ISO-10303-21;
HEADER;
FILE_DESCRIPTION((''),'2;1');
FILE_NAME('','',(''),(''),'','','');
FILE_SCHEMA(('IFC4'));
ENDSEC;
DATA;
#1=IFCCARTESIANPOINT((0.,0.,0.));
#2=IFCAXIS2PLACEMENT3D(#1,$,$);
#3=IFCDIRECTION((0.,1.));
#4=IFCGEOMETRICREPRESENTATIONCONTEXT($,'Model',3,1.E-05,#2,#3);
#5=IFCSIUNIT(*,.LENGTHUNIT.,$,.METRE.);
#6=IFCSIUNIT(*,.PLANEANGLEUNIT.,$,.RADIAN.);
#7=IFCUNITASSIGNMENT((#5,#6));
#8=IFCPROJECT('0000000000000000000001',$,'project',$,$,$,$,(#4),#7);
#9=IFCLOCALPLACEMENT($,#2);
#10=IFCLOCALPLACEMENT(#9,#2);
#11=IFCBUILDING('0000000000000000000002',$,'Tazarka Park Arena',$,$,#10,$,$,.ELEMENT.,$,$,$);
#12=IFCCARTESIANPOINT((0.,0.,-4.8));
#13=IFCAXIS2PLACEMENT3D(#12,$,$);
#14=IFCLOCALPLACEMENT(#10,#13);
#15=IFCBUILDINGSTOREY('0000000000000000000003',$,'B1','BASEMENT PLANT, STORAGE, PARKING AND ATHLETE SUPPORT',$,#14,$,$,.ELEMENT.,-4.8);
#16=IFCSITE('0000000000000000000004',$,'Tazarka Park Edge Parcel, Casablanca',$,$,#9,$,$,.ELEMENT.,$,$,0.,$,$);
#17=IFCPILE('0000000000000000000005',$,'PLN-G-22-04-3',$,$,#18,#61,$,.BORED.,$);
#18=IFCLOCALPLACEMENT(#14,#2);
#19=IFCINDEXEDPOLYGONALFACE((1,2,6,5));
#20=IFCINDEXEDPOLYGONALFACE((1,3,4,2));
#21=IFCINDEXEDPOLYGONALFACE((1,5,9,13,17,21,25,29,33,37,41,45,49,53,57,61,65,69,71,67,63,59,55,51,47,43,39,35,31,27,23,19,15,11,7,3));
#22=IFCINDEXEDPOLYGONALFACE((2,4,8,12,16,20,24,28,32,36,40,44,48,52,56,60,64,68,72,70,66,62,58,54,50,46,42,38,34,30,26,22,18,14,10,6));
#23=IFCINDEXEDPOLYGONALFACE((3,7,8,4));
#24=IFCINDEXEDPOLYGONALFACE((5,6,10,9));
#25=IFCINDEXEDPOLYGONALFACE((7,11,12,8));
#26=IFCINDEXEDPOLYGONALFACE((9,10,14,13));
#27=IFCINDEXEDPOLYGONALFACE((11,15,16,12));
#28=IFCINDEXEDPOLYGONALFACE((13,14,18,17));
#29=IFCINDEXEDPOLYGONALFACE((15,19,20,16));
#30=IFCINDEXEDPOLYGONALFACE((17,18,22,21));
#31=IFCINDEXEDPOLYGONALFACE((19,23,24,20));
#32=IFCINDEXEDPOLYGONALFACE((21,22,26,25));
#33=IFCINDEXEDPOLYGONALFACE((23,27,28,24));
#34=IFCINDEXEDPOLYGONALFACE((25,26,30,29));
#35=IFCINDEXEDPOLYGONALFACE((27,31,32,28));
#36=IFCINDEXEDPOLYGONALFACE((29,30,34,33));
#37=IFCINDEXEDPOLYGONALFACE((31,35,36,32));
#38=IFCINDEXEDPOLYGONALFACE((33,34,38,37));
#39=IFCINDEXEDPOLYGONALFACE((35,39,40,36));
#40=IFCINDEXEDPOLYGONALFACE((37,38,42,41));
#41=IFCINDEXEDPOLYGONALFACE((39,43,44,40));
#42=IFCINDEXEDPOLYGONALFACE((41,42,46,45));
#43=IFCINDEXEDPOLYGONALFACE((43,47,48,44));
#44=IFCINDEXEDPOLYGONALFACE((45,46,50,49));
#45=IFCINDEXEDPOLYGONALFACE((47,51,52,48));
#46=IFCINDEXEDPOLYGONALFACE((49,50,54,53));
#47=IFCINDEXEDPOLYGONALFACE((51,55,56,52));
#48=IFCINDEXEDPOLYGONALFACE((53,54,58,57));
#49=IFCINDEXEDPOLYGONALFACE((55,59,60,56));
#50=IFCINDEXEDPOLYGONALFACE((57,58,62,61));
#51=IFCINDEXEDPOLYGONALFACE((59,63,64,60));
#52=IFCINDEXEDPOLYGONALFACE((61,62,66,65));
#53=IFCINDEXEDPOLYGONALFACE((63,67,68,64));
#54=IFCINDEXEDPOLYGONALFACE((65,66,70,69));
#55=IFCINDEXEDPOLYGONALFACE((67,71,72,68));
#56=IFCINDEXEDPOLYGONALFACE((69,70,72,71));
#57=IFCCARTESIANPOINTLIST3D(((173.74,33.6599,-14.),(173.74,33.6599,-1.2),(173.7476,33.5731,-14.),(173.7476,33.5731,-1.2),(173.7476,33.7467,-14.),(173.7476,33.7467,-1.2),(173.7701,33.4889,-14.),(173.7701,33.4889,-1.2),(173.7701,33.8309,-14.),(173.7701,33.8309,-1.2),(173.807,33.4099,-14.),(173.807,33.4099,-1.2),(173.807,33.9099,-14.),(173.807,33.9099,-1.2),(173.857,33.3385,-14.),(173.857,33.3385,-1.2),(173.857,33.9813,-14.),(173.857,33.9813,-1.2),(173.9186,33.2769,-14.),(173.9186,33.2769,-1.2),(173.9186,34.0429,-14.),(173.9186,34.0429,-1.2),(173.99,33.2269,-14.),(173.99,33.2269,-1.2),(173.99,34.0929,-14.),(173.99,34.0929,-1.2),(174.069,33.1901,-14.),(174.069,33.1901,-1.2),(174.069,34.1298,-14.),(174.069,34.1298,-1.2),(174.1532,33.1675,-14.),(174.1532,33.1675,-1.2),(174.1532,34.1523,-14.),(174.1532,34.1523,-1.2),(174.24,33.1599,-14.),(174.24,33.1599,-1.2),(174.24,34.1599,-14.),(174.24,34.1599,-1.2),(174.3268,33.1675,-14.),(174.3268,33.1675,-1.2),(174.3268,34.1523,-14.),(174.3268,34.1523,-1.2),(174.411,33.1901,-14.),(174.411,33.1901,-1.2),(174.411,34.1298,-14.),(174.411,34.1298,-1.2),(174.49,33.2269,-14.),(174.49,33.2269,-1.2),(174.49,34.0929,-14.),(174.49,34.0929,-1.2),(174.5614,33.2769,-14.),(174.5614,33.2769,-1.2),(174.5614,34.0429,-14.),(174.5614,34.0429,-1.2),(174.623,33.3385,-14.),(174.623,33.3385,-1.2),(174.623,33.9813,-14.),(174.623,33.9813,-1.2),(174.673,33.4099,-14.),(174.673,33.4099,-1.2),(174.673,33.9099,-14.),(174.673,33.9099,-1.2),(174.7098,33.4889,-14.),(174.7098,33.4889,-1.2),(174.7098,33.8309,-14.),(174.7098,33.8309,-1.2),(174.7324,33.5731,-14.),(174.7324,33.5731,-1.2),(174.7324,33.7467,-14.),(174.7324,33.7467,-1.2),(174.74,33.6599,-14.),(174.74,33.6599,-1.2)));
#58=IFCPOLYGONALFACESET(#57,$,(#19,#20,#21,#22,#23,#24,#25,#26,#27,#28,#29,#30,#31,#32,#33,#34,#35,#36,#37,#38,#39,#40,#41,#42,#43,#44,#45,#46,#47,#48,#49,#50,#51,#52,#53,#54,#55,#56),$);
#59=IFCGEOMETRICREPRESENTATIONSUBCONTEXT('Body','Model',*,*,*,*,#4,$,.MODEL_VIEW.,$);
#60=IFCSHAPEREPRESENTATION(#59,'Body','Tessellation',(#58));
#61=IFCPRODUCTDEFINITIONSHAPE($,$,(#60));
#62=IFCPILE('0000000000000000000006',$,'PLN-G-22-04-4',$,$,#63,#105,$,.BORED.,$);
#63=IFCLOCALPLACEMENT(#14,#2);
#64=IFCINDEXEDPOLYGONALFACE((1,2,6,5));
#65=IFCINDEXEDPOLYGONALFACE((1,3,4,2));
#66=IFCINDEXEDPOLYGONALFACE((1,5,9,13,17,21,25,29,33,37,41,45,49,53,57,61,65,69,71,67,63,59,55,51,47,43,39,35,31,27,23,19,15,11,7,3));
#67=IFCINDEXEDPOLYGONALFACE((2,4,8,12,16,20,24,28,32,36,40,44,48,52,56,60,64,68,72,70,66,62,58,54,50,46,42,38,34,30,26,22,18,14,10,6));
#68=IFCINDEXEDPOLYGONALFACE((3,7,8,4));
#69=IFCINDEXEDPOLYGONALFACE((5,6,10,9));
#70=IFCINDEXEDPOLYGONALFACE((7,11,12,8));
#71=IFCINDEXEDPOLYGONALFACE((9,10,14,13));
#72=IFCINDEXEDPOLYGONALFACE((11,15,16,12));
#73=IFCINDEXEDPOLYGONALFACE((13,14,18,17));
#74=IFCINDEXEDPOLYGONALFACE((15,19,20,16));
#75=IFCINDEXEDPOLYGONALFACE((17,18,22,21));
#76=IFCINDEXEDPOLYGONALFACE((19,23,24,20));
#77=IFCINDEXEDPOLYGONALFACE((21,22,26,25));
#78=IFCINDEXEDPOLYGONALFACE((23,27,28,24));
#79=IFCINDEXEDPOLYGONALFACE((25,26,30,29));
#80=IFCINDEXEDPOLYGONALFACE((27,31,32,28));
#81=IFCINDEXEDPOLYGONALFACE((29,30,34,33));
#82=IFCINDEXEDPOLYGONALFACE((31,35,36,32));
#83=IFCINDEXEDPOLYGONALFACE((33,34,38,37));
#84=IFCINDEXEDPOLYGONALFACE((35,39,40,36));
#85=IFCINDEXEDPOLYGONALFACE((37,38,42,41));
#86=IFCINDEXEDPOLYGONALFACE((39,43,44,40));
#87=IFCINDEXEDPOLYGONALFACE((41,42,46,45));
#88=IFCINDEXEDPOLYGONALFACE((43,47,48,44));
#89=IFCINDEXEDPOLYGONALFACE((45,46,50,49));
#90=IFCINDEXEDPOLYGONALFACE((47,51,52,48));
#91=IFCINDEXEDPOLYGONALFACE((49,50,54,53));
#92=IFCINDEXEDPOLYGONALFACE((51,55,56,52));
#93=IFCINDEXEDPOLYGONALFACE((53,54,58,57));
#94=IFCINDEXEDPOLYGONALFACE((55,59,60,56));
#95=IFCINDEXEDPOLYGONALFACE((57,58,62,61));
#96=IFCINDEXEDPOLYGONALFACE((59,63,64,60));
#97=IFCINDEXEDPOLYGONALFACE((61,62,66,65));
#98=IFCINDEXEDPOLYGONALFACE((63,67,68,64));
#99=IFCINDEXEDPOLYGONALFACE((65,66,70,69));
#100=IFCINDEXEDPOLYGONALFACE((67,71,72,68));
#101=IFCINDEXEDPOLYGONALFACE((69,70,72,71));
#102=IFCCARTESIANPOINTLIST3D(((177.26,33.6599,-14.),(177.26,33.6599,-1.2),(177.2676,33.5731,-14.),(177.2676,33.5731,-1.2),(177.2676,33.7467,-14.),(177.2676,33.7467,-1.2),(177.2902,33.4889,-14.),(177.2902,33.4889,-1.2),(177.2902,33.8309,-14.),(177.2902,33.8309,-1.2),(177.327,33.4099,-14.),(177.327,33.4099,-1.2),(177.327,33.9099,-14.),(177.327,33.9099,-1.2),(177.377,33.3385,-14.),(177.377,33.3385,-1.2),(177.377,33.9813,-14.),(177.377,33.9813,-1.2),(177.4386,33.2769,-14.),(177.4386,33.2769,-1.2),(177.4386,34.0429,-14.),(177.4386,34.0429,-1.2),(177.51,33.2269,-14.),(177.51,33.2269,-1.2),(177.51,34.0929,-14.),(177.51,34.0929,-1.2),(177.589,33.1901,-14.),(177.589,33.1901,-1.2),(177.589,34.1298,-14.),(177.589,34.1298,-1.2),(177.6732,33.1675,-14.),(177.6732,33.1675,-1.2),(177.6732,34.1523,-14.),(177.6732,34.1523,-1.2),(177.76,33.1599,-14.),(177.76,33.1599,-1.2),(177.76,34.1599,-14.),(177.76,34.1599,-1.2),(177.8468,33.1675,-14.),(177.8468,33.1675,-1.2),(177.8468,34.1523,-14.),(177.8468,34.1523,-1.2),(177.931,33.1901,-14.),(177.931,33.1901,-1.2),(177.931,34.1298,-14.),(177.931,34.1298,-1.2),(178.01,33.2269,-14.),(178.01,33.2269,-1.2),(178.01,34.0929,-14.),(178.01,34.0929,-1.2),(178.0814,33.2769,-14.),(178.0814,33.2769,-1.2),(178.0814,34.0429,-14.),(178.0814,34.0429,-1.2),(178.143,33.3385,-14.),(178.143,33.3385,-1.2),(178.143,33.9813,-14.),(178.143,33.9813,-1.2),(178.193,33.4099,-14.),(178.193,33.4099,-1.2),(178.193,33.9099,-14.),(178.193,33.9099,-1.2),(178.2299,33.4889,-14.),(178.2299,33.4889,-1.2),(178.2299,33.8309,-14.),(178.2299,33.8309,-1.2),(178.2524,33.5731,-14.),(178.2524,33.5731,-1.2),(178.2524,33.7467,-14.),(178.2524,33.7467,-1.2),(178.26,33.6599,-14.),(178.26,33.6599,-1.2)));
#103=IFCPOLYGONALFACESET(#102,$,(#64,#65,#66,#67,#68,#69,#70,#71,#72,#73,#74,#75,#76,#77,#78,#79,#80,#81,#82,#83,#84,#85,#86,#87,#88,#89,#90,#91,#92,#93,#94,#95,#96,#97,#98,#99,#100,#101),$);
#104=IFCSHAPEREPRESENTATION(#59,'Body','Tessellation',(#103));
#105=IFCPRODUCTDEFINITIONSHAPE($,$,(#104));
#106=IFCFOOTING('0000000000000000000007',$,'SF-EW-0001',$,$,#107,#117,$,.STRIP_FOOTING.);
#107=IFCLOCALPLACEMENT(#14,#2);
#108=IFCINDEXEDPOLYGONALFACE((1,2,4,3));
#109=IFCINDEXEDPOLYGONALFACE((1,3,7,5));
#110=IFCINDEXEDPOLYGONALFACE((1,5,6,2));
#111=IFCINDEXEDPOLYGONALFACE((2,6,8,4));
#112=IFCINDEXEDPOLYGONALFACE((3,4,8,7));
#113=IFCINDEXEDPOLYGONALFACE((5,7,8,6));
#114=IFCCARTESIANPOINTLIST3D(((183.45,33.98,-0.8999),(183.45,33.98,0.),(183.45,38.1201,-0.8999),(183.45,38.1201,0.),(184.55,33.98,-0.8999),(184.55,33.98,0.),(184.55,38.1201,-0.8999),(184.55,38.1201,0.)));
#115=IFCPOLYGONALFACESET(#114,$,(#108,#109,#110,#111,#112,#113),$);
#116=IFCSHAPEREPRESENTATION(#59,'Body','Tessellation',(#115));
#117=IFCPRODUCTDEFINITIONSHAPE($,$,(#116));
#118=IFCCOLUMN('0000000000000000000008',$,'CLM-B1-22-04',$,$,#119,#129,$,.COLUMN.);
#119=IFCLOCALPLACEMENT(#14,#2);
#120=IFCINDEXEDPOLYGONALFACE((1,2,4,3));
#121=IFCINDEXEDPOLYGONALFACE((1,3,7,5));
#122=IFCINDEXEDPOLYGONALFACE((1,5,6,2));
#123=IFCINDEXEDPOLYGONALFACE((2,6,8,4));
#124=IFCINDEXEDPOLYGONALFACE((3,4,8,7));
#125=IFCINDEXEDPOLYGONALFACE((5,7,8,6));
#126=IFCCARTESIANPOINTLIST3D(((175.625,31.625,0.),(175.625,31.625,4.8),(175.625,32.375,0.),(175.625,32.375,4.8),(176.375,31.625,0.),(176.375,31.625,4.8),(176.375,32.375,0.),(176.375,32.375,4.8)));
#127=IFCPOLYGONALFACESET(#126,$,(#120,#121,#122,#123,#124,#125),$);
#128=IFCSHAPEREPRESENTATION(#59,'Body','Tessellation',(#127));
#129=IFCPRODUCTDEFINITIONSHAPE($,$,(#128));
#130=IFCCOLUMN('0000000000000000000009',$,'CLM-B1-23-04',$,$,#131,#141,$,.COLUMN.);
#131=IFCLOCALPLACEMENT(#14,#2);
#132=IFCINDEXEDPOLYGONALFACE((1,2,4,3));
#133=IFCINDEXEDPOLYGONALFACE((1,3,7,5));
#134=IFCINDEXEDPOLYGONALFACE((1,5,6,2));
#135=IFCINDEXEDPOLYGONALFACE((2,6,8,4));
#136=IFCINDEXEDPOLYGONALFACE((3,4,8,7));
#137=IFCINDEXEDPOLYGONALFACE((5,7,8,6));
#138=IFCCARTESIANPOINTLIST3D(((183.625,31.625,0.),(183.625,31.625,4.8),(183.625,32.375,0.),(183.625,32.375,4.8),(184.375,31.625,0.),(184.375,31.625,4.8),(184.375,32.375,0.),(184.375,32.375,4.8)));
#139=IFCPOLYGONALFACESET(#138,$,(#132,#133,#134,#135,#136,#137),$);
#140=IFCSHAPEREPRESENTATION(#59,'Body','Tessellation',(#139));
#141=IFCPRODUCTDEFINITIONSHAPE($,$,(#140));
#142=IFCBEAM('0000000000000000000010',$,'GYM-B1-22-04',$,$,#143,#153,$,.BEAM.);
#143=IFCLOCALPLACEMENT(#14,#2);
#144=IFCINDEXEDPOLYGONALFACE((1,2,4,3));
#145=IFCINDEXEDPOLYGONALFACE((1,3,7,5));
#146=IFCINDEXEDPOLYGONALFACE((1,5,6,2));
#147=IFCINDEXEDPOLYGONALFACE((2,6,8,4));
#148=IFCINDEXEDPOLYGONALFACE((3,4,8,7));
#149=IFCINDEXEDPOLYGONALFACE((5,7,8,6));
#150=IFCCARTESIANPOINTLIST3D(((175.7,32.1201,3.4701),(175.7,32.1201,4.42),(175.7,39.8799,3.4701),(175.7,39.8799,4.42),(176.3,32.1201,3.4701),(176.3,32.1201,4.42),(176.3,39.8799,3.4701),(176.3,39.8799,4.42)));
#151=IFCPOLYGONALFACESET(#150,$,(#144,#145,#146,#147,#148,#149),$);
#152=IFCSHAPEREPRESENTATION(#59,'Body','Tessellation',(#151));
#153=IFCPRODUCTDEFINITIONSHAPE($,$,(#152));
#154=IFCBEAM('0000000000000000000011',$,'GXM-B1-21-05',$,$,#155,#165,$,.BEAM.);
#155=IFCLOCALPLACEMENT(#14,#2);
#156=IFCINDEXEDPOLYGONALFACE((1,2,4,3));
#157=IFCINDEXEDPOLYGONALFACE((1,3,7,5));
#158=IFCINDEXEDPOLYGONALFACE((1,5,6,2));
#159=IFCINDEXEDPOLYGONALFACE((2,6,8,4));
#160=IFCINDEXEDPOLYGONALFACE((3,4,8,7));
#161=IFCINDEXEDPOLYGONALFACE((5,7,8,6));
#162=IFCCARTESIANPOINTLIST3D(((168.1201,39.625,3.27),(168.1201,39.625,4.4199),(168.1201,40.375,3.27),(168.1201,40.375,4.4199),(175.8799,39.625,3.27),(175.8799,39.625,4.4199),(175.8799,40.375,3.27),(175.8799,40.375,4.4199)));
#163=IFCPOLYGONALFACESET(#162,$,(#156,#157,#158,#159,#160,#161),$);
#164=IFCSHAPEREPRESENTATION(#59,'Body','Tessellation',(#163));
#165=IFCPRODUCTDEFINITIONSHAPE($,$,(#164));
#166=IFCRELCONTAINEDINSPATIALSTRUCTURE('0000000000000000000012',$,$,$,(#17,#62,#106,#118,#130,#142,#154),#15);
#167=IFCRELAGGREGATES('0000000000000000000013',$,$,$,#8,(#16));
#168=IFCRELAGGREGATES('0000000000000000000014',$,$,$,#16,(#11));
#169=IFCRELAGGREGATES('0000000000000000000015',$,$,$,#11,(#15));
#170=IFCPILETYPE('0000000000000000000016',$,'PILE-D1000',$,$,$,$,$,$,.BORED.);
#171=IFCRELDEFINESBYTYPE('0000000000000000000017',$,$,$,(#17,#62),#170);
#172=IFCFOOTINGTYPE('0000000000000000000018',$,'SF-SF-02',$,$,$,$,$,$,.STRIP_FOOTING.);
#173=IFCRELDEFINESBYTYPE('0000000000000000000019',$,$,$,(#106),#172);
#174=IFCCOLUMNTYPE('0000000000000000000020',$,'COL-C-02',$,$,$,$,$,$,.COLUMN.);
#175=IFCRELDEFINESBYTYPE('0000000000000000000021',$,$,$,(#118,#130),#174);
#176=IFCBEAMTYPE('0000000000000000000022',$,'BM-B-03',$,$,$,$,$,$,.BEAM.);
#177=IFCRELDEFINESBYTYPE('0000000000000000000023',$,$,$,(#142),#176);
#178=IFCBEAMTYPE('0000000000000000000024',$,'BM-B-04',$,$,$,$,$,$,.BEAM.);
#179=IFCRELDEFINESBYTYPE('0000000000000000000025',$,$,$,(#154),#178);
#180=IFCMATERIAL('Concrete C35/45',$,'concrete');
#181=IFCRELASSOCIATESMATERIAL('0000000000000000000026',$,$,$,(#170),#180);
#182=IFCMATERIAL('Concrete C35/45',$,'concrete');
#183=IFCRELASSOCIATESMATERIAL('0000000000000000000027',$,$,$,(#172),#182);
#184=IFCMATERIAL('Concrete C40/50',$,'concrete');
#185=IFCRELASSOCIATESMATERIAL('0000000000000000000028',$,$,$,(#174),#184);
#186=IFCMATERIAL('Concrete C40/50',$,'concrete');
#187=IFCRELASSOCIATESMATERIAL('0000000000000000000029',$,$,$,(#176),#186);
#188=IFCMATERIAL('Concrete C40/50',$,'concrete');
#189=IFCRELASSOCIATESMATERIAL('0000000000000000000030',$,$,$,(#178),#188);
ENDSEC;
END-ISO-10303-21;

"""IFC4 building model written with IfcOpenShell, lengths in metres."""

from ifc_helpers import new_model, si_unit, direction, frame, origin, origin_2d, place, context, subcontext, project, spatial, rectangle, circle, extrude, material, material_profile, profile_set, type_object, element, save


model = new_model("IFC4")

# Units and contexts
model_context = context("Model", 3, precision=1e-05, world=origin(), true_north=direction((0.0, 1.0)))
body_context = subcontext(model_context, "Body", "Model", "MODEL_VIEW")
ifc_project = project(units=[si_unit("LENGTHUNIT", "METRE"), si_unit("PLANEANGLEUNIT", "RADIAN")], contexts=[model_context])

# Site, building, storey
site_placement = place(None, origin())
site = spatial("IfcSite", under=ifc_project, at=site_placement, Name="Tazarka Park Edge Parcel, Casablanca", CompositionType="ELEMENT", RefElevation=0.0)
building_placement = place(site_placement, origin())
building = spatial("IfcBuilding", under=site, at=building_placement, Name="Tazarka Park Arena", CompositionType="ELEMENT")
storey_placement = place(building_placement, frame((0.0, 0.0, -4.8)))
storey = spatial("IfcBuildingStorey", under=building, at=storey_placement, Name="B1", Description="BASEMENT PLANT, STORAGE, PARKING AND ATHLETE SUPPORT", CompositionType="ELEMENT", Elevation=-4.8)

# Piles
ifc_material_1 = material(Name="Concrete C35/45", Category="concrete")
ifc_material_profile_1 = material_profile(ifc_material_1, circle(Radius=0.5, at=origin_2d()), Name="Concrete C35/45")
ifc_profile_set_1 = profile_set([ifc_material_profile_1], Name="Concrete C35/45")
pile_type = type_object("IfcPileType", Name="PILE-D1000", PredefinedType="BORED", material=ifc_profile_set_1)
for number, where, z_axis, x_axis, name in (
    (1, (174.24, 33.6599, -1.2), (0.0, 0.0, -1.0), (1.0, 0.0, 0.0), "PLN-G-22-04-3"),
    (2, (177.76, 33.6599, -1.2), (0.0, 0.0, -1.0), (1.0, 0.0, 0.0), "PLN-G-22-04-4"),
):
    element("IfcPile", number, at=place(storey_placement, frame(where, z_axis=z_axis, x_axis=x_axis)), inside=storey, type_object=pile_type, Name=name, PredefinedType="BORED", context=body_context, shape_type="SweptSolid", body=[
        extrude(circle(Radius=0.5, at=origin_2d()), origin(), (0.0, 0.0, 1.0), 12.8),
    ])

# Footing
ifc_material_2 = material(Name="Concrete C35/45", Category="concrete")
ifc_material_profile_2 = material_profile(ifc_material_2, rectangle(XDim=1.1001, YDim=0.8999, at=origin_2d()), Name="Concrete C35/45")
ifc_profile_set_2 = profile_set([ifc_material_profile_2], Name="Concrete C35/45")
footing_type_1 = type_object("IfcFootingType", Name="SF-SF-02", PredefinedType="STRIP_FOOTING", material=ifc_profile_set_2)
footing_1_placement = place(storey_placement, frame((184.0, 38.1201, -0.45), z_axis=(0.0, -1.0, 0.0), x_axis=(1.0, 0.0, 0.0)))
element("IfcFooting", 3, at=footing_1_placement, inside=storey, type_object=footing_type_1, Name="SF-EW-0001", PredefinedType="STRIP_FOOTING", context=body_context, shape_type="SweptSolid", body=[
    extrude(rectangle(XDim=1.1001, YDim=0.8999, at=origin_2d()), origin(), (0.0, 0.0, 1.0), 4.1401),
])

# Columns
ifc_material_3 = material(Name="Concrete C40/50", Category="concrete")
ifc_material_profile_3 = material_profile(ifc_material_3, rectangle(XDim=0.75, YDim=0.75, at=origin_2d()), Name="Concrete C40/50")
ifc_profile_set_3 = profile_set([ifc_material_profile_3], Name="Concrete C40/50")
column_type = type_object("IfcColumnType", Name="COL-C-02", PredefinedType="COLUMN", material=ifc_profile_set_3)
for number, where, z_axis, x_axis, name in (
    (4, (176.0, 32.0, 0.0), (0.0, 0.0, 1.0), (1.0, 0.0, 0.0), "CLM-B1-22-04"),
    (5, (184.0, 32.0, 0.0), (0.0, 0.0, 1.0), (1.0, 0.0, 0.0), "CLM-B1-23-04"),
):
    element("IfcColumn", number, at=place(storey_placement, frame(where, z_axis=z_axis, x_axis=x_axis)), inside=storey, type_object=column_type, Name=name, PredefinedType="COLUMN", context=body_context, shape_type="SweptSolid", body=[
        extrude(rectangle(XDim=0.75, YDim=0.75, at=origin_2d()), origin(), (0.0, 0.0, 1.0), 4.8),
    ])

# Beams
ifc_material_4 = material(Name="Concrete C40/50", Category="concrete")
ifc_material_profile_4 = material_profile(ifc_material_4, rectangle(XDim=0.6001, YDim=0.95, at=origin_2d()), Name="Concrete C40/50")
ifc_profile_set_4 = profile_set([ifc_material_profile_4], Name="Concrete C40/50")
beam_type_1 = type_object("IfcBeamType", Name="BM-B-03", PredefinedType="BEAM", material=ifc_profile_set_4)
beam_1_placement = place(storey_placement, frame((176.0, 32.1201, 3.9451), z_axis=(0.0, 1.0, 0.0), x_axis=(-1.0, 0.0, 0.0)))
element("IfcBeam", 6, at=beam_1_placement, inside=storey, type_object=beam_type_1, Name="GYM-B1-22-04", PredefinedType="BEAM", context=body_context, shape_type="SweptSolid", body=[
    extrude(rectangle(XDim=0.6001, YDim=0.95, at=origin_2d()), origin(), (0.0, 0.0, 1.0), 7.7598),
])
ifc_material_5 = material(Name="Concrete C40/50", Category="concrete")
ifc_material_profile_5 = material_profile(ifc_material_5, rectangle(XDim=0.75, YDim=1.1499, at=origin_2d()), Name="Concrete C40/50")
ifc_profile_set_5 = profile_set([ifc_material_profile_5], Name="Concrete C40/50")
beam_type_2 = type_object("IfcBeamType", Name="BM-B-04", PredefinedType="BEAM", material=ifc_profile_set_5)
beam_2_placement = place(storey_placement, frame((168.1201, 40.0, 3.845), z_axis=(1.0, 0.0, 0.0), x_axis=(0.0, 1.0, 0.0)))
element("IfcBeam", 7, at=beam_2_placement, inside=storey, type_object=beam_type_2, Name="GXM-B1-21-05", PredefinedType="BEAM", context=body_context, shape_type="SweptSolid", body=[
    extrude(rectangle(XDim=0.75, YDim=1.1499, at=origin_2d()), origin(), (0.0, 0.0, 1.0), 7.7598),
])

save(model, "model.ifc")
